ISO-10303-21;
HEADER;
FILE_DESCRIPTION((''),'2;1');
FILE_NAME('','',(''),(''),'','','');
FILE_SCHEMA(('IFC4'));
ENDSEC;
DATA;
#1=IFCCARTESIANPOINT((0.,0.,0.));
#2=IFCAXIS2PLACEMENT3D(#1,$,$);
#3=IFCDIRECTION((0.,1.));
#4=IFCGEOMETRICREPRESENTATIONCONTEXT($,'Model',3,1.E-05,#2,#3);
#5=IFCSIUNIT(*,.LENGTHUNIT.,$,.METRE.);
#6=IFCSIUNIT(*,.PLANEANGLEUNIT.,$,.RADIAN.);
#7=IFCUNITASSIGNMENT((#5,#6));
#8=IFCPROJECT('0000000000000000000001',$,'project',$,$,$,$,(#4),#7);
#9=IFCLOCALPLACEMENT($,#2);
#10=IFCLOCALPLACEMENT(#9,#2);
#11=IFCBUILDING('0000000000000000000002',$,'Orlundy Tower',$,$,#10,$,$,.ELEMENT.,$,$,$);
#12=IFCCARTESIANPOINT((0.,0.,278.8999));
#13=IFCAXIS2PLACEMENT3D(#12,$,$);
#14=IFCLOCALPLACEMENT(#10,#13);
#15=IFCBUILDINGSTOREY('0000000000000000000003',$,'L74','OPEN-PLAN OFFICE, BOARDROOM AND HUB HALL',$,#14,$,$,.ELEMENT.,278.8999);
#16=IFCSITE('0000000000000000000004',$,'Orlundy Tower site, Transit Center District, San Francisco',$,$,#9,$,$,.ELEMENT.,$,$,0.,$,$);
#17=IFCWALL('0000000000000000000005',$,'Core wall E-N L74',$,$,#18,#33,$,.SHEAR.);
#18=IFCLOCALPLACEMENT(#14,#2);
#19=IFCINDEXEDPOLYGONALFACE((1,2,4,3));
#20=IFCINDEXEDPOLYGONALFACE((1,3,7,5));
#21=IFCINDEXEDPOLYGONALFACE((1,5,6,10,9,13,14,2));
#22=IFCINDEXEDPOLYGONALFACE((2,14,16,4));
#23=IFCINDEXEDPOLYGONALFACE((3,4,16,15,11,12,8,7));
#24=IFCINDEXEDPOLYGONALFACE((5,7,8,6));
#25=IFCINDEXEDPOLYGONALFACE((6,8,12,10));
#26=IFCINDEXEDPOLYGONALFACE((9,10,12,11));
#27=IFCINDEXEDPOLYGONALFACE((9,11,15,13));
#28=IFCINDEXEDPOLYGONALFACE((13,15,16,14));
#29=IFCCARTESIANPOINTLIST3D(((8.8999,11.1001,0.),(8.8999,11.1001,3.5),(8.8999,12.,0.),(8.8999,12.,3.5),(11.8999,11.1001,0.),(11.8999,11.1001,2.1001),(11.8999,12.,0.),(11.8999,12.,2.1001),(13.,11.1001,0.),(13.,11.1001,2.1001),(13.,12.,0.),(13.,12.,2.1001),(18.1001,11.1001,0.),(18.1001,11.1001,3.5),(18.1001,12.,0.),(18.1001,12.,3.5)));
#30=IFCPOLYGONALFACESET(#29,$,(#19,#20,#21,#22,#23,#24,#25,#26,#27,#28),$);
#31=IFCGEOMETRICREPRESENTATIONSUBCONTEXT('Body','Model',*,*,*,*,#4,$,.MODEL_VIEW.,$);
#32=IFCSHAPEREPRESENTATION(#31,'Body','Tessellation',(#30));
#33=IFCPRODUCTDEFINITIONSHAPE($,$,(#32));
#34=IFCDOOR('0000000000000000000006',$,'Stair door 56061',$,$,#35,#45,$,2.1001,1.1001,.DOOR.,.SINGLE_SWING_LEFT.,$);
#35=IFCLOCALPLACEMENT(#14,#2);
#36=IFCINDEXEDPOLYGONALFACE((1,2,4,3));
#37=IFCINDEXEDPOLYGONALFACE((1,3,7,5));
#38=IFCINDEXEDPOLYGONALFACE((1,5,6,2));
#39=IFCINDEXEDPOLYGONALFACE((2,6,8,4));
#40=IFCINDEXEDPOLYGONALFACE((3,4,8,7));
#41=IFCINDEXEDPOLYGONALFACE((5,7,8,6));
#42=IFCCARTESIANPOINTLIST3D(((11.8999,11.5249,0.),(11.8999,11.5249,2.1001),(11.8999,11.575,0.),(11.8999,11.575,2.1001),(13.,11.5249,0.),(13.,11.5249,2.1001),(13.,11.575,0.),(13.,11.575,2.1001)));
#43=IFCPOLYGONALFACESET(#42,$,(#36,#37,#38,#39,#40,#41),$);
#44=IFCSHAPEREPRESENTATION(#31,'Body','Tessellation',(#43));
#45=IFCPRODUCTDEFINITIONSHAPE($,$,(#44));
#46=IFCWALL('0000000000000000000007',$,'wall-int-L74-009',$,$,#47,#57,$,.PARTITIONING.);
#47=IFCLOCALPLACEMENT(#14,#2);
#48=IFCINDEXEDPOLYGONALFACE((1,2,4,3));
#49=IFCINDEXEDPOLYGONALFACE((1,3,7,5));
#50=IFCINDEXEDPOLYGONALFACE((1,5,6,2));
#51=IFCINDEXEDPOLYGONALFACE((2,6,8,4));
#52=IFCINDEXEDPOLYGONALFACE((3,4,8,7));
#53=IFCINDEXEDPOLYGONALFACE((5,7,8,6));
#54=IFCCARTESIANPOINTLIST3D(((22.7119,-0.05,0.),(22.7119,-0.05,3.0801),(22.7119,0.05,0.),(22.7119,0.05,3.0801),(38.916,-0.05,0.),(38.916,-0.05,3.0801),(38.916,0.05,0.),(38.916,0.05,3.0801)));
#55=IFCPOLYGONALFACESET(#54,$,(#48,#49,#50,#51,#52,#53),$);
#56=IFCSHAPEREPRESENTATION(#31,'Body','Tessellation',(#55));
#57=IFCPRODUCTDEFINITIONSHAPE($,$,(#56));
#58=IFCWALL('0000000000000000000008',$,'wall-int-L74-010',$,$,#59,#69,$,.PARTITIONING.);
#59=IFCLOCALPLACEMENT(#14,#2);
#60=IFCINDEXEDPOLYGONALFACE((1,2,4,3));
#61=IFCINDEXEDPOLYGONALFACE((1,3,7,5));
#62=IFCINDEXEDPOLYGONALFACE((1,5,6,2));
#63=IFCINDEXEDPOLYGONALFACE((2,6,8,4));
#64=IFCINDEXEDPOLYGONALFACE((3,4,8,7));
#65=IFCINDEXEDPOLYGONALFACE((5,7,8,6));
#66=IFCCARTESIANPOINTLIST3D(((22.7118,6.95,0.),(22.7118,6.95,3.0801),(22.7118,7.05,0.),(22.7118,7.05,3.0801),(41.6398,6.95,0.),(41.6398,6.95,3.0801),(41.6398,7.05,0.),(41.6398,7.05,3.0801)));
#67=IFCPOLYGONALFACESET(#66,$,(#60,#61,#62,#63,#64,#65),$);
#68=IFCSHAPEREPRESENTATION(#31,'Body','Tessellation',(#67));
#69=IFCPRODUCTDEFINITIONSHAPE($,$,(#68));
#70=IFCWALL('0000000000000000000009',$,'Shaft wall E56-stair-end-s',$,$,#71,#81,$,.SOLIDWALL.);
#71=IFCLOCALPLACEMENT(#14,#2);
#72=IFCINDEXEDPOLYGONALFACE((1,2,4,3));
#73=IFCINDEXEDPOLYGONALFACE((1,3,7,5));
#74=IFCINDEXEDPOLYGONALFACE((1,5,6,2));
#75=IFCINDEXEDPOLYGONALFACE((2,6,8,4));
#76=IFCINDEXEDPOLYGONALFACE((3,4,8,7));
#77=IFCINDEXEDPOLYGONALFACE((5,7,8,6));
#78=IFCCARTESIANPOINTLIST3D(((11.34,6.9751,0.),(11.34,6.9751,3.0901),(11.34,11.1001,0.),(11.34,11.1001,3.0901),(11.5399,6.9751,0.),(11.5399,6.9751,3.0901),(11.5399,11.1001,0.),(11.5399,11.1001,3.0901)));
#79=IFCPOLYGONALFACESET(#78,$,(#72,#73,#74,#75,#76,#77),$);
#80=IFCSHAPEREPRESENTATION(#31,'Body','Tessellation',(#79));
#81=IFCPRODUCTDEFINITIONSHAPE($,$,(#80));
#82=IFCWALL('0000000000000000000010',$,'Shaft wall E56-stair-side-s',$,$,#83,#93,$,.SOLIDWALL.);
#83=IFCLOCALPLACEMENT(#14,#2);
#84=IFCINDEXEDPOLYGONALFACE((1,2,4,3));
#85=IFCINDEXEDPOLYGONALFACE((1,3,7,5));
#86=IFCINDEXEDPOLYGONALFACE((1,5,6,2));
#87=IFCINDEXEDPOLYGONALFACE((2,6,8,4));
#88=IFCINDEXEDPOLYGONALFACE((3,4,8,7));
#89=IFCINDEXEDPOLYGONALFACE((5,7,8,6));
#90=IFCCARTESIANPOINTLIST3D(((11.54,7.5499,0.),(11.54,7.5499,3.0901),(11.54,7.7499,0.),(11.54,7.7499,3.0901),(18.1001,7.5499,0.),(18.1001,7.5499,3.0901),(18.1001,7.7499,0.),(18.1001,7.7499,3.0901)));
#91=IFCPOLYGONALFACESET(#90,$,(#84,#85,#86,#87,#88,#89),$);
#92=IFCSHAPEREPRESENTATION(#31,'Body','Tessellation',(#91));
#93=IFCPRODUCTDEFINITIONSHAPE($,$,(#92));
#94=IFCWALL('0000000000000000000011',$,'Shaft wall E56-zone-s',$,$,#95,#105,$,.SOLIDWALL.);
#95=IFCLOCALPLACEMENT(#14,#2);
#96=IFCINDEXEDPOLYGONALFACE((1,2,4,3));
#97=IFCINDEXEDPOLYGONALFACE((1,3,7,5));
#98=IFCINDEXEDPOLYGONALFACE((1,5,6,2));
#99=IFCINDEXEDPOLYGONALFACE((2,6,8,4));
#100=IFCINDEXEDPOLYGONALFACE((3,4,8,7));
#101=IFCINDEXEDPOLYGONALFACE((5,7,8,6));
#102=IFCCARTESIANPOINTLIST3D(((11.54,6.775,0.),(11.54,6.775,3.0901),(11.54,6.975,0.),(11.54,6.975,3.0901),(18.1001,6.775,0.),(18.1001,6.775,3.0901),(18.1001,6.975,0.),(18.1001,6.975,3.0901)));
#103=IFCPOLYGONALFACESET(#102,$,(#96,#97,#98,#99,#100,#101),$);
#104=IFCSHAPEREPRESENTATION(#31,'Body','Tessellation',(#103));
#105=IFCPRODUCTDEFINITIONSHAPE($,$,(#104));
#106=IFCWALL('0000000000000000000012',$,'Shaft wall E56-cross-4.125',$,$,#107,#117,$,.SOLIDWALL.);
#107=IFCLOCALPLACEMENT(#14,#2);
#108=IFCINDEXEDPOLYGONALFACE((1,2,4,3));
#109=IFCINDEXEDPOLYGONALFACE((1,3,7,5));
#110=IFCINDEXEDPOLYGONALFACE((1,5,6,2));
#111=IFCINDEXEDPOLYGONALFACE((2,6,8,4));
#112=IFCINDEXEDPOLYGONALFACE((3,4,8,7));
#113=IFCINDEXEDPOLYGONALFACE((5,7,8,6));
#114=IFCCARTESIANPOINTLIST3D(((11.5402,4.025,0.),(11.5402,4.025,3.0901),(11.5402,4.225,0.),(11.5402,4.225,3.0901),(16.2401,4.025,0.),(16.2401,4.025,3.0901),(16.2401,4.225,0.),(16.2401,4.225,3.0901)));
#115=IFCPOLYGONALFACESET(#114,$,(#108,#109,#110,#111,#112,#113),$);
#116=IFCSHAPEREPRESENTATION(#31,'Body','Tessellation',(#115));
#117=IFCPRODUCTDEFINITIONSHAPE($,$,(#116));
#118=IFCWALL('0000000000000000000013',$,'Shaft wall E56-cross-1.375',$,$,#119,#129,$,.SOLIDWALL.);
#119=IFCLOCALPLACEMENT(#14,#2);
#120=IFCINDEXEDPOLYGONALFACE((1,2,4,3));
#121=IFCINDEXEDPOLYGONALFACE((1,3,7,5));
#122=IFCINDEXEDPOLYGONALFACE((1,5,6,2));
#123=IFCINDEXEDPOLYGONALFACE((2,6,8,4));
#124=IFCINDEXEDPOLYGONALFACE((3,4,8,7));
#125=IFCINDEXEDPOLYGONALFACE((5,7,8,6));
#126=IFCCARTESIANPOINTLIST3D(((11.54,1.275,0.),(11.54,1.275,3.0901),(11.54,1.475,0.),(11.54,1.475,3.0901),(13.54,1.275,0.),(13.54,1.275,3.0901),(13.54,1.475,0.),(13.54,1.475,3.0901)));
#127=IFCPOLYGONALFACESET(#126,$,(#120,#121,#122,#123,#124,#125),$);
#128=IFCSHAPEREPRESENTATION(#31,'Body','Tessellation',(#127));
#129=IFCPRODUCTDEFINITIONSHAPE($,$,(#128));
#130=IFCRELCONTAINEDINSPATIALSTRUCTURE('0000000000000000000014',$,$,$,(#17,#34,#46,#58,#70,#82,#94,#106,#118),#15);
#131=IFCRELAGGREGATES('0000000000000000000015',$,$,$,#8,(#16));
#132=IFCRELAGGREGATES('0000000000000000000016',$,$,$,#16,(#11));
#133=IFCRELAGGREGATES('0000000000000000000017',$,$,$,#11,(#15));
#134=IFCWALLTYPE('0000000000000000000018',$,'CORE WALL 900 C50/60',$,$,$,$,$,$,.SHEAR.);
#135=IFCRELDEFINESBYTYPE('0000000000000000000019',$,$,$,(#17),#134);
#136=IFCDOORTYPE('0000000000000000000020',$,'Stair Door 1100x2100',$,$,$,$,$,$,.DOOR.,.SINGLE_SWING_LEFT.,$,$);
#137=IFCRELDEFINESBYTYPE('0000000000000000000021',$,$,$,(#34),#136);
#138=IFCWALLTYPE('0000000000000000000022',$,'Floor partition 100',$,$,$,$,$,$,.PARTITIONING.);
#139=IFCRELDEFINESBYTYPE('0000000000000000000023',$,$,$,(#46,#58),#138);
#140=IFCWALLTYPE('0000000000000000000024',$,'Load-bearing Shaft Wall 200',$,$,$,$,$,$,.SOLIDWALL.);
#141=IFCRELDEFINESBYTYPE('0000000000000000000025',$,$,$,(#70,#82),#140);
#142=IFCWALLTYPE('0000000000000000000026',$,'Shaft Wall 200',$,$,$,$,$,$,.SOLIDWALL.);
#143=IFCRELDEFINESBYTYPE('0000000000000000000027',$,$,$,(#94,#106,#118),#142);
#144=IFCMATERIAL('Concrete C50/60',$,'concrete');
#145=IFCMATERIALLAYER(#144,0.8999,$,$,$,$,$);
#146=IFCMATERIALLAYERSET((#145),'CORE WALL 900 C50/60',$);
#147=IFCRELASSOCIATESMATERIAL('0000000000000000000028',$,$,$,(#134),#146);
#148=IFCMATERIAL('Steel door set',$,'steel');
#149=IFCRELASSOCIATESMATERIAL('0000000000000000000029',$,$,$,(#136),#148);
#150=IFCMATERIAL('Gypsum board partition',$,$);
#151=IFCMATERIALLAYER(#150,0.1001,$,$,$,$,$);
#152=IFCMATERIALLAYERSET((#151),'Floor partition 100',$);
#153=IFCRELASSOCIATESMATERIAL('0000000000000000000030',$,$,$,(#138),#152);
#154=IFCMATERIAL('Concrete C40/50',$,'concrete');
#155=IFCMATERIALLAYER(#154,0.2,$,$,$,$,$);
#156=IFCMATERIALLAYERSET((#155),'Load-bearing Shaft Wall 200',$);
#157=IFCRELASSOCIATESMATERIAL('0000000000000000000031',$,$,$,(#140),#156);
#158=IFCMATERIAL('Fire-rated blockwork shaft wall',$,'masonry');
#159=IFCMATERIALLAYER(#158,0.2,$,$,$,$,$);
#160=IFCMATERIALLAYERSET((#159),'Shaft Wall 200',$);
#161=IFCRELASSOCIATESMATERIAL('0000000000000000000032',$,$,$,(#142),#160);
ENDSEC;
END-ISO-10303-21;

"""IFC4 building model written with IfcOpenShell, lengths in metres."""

from ifc_helpers import new_model, si_unit, direction, frame, frame_2d, origin, place, context, subcontext, project, spatial, rectangle, extrude, material, layer, layer_set, type_object, element, fill, save


model = new_model("IFC4")

# Units and contexts
model_context = context("Model", 3, precision=1e-05, world=origin(), true_north=direction((0.0, 1.0)))
body_context = subcontext(model_context, "Body", "Model", "MODEL_VIEW")
ifc_project = project(units=[si_unit("LENGTHUNIT", "METRE"), si_unit("PLANEANGLEUNIT", "RADIAN")], contexts=[model_context])

# Site, building, storey
site_placement = place(None, origin())
site = spatial("IfcSite", under=ifc_project, at=site_placement, Name="Orlundy Tower site, Transit Center District, San Francisco", CompositionType="ELEMENT", RefElevation=0.0)
building_placement = place(site_placement, origin())
building = spatial("IfcBuilding", under=site, at=building_placement, Name="Orlundy Tower", CompositionType="ELEMENT")
storey_placement = place(building_placement, frame((0.0, 0.0, 278.8999)))
storey = spatial("IfcBuildingStorey", under=building, at=storey_placement, Name="L74", Description="OPEN-PLAN OFFICE, BOARDROOM AND HUB HALL", CompositionType="ELEMENT", Elevation=278.8999)

# Wall, opening, door
ifc_material_1 = material(Name="Concrete C50/60", Category="concrete")
ifc_layer_1 = layer(ifc_material_1, 0.8999)
ifc_layer_set_1 = layer_set([ifc_layer_1], Name="CORE WALL 900 C50/60")
wall_type_1 = type_object("IfcWallType", Name="CORE WALL 900 C50/60", PredefinedType="SHEAR", material=ifc_layer_set_1)
wall_1_placement = place(storey_placement, frame((8.8999, 11.55, 0.0), z_axis=(0.0, 0.0, 1.0), x_axis=(1.0, 0.0, 0.0)))
wall_1 = element("IfcWall", 1, at=wall_1_placement, inside=storey, type_object=wall_type_1, Name="Core wall E-N L74", PredefinedType="SHEAR", context=body_context, shape_type="SweptSolid", body=[
    extrude(rectangle(XDim=9.2002, YDim=0.8999, at=frame_2d((4.6001, 0.0))), origin(), (0.0, 0.0, 1.0), 3.5),
])
opening_1_placement = place(wall_1_placement, frame((3.0, 0.0, 0.0)))
opening_1 = element("IfcOpeningElement", 2, at=opening_1_placement, cuts=wall_1, PredefinedType="OPENING", context=body_context, shape_type="SweptSolid", body=[
    extrude(rectangle(XDim=1.1001, YDim=2.1001, at=frame_2d((0.55, 1.05))), frame((0.0, 0.46, 0.0), z_axis=(0.0, -1.0, 0.0), x_axis=(1.0, 0.0, 0.0)), (0.0, 0.0, 1.0), 0.9199),
])
ifc_material_2 = material(Name="Steel door set", Category="steel")
door_type_1 = type_object("IfcDoorType", Name="Stair Door 1100x2100", OperationType="SINGLE_SWING_LEFT", PredefinedType="DOOR", material=ifc_material_2)
door_1_placement = place(opening_1_placement, origin())
door_1 = element("IfcDoor", 3, at=door_1_placement, inside=storey, type_object=door_type_1, Name="Stair door 56061", OperationType="SINGLE_SWING_LEFT", OverallHeight=2.1001, OverallWidth=1.1001, PredefinedType="DOOR", context=body_context, shape_type="SweptSolid", body=[
    extrude(rectangle(XDim=1.1001, YDim=2.1001, at=frame_2d((0.55, 1.05))), frame((0.0, 0.0249, 0.0), z_axis=(0.0, -1.0, 0.0), x_axis=(1.0, 0.0, 0.0)), (0.0, 0.0, 1.0), 0.05),
])
fill(opening_1, door_1)

# Walls
ifc_material_3 = material(Name="Gypsum board partition")
ifc_layer_2 = layer(ifc_material_3, 0.1001)
ifc_layer_set_2 = layer_set([ifc_layer_2], Name="Floor partition 100")
wall_type_2 = type_object("IfcWallType", Name="Floor partition 100", PredefinedType="PARTITIONING", material=ifc_layer_set_2)
wall_2_placement = place(storey_placement, frame((22.7119, 0.0, 0.0), z_axis=(0.0, 0.0, 1.0), x_axis=(1.0, 0.0, 0.0)))
element("IfcWall", 4, at=wall_2_placement, inside=storey, type_object=wall_type_2, Name="wall-int-L74-009", PredefinedType="PARTITIONING", context=body_context, shape_type="SweptSolid", body=[
    extrude(rectangle(XDim=16.2041, YDim=0.1001, at=frame_2d((8.1021, 0.0))), origin(), (0.0, 0.0, 1.0), 3.0801),
])
wall_3_placement = place(storey_placement, frame((22.7119, 7.0, 0.0), z_axis=(0.0, 0.0, 1.0), x_axis=(1.0, 0.0, 0.0)))
element("IfcWall", 5, at=wall_3_placement, inside=storey, type_object=wall_type_2, Name="wall-int-L74-010", PredefinedType="PARTITIONING", context=body_context, shape_type="SweptSolid", body=[
    extrude(rectangle(XDim=18.928, YDim=0.1001, at=frame_2d((9.4639, 0.0))), origin(), (0.0, 0.0, 1.0), 3.0801),
])
ifc_material_4 = material(Name="Concrete C40/50", Category="concrete")
ifc_layer_3 = layer(ifc_material_4, 0.2)
ifc_layer_set_3 = layer_set([ifc_layer_3], Name="Load-bearing Shaft Wall 200")
wall_type_3 = type_object("IfcWallType", Name="Load-bearing Shaft Wall 200", PredefinedType="SOLIDWALL", material=ifc_layer_set_3)
wall_4_placement = place(storey_placement, frame((11.4399, 11.1001, 0.0), z_axis=(0.0, 0.0, 1.0), x_axis=(0.0, -1.0, 0.0)))
element("IfcWall", 6, at=wall_4_placement, inside=storey, type_object=wall_type_3, Name="Shaft wall E56-stair-end-s", PredefinedType="SOLIDWALL", context=body_context, shape_type="SweptSolid", body=[
    extrude(rectangle(XDim=4.125, YDim=0.2, at=frame_2d((2.0625, 0.0))), origin(), (0.0, 0.0, 1.0), 3.0901),
])
wall_5_placement = place(storey_placement, frame((11.54, 7.6499, 0.0), z_axis=(0.0, 0.0, 1.0), x_axis=(1.0, 0.0, 0.0)))
element("IfcWall", 7, at=wall_5_placement, inside=storey, type_object=wall_type_3, Name="Shaft wall E56-stair-side-s", PredefinedType="SOLIDWALL", context=body_context, shape_type="SweptSolid", body=[
    extrude(rectangle(XDim=6.5601, YDim=0.2, at=frame_2d((3.28, 0.0))), origin(), (0.0, 0.0, 1.0), 3.0901),
])
ifc_material_5 = material(Name="Fire-rated blockwork shaft wall", Category="masonry")
ifc_layer_4 = layer(ifc_material_5, 0.2)
ifc_layer_set_4 = layer_set([ifc_layer_4], Name="Shaft Wall 200")
wall_type_4 = type_object("IfcWallType", Name="Shaft Wall 200", PredefinedType="SOLIDWALL", material=ifc_layer_set_4)
wall_6_placement = place(storey_placement, frame((11.54, 6.875, 0.0), z_axis=(0.0, 0.0, 1.0), x_axis=(1.0, 0.0, 0.0)))
element("IfcWall", 8, at=wall_6_placement, inside=storey, type_object=wall_type_4, Name="Shaft wall E56-zone-s", PredefinedType="SOLIDWALL", context=body_context, shape_type="SweptSolid", body=[
    extrude(rectangle(XDim=6.5601, YDim=0.2, at=frame_2d((3.28, 0.0))), origin(), (0.0, 0.0, 1.0), 3.0901),
])
wall_7_placement = place(storey_placement, frame((11.54, 4.125, 0.0), z_axis=(0.0, 0.0, 1.0), x_axis=(1.0, 0.0, 0.0)))
element("IfcWall", 9, at=wall_7_placement, inside=storey, type_object=wall_type_4, Name="Shaft wall E56-cross-4.125", PredefinedType="SOLIDWALL", context=body_context, shape_type="SweptSolid", body=[
    extrude(rectangle(XDim=4.7, YDim=0.2, at=frame_2d((2.3501, 0.0))), origin(), (0.0, 0.0, 1.0), 3.0901),
])
wall_8_placement = place(storey_placement, frame((11.54, 1.375, 0.0), z_axis=(0.0, 0.0, 1.0), x_axis=(1.0, 0.0, 0.0)))
element("IfcWall", 10, at=wall_8_placement, inside=storey, type_object=wall_type_4, Name="Shaft wall E56-cross-1.375", PredefinedType="SOLIDWALL", context=body_context, shape_type="SweptSolid", body=[
    extrude(rectangle(XDim=2.0, YDim=0.2, at=frame_2d((1.0, 0.0))), origin(), (0.0, 0.0, 1.0), 3.0901),
])

save(model, "model.ifc")
